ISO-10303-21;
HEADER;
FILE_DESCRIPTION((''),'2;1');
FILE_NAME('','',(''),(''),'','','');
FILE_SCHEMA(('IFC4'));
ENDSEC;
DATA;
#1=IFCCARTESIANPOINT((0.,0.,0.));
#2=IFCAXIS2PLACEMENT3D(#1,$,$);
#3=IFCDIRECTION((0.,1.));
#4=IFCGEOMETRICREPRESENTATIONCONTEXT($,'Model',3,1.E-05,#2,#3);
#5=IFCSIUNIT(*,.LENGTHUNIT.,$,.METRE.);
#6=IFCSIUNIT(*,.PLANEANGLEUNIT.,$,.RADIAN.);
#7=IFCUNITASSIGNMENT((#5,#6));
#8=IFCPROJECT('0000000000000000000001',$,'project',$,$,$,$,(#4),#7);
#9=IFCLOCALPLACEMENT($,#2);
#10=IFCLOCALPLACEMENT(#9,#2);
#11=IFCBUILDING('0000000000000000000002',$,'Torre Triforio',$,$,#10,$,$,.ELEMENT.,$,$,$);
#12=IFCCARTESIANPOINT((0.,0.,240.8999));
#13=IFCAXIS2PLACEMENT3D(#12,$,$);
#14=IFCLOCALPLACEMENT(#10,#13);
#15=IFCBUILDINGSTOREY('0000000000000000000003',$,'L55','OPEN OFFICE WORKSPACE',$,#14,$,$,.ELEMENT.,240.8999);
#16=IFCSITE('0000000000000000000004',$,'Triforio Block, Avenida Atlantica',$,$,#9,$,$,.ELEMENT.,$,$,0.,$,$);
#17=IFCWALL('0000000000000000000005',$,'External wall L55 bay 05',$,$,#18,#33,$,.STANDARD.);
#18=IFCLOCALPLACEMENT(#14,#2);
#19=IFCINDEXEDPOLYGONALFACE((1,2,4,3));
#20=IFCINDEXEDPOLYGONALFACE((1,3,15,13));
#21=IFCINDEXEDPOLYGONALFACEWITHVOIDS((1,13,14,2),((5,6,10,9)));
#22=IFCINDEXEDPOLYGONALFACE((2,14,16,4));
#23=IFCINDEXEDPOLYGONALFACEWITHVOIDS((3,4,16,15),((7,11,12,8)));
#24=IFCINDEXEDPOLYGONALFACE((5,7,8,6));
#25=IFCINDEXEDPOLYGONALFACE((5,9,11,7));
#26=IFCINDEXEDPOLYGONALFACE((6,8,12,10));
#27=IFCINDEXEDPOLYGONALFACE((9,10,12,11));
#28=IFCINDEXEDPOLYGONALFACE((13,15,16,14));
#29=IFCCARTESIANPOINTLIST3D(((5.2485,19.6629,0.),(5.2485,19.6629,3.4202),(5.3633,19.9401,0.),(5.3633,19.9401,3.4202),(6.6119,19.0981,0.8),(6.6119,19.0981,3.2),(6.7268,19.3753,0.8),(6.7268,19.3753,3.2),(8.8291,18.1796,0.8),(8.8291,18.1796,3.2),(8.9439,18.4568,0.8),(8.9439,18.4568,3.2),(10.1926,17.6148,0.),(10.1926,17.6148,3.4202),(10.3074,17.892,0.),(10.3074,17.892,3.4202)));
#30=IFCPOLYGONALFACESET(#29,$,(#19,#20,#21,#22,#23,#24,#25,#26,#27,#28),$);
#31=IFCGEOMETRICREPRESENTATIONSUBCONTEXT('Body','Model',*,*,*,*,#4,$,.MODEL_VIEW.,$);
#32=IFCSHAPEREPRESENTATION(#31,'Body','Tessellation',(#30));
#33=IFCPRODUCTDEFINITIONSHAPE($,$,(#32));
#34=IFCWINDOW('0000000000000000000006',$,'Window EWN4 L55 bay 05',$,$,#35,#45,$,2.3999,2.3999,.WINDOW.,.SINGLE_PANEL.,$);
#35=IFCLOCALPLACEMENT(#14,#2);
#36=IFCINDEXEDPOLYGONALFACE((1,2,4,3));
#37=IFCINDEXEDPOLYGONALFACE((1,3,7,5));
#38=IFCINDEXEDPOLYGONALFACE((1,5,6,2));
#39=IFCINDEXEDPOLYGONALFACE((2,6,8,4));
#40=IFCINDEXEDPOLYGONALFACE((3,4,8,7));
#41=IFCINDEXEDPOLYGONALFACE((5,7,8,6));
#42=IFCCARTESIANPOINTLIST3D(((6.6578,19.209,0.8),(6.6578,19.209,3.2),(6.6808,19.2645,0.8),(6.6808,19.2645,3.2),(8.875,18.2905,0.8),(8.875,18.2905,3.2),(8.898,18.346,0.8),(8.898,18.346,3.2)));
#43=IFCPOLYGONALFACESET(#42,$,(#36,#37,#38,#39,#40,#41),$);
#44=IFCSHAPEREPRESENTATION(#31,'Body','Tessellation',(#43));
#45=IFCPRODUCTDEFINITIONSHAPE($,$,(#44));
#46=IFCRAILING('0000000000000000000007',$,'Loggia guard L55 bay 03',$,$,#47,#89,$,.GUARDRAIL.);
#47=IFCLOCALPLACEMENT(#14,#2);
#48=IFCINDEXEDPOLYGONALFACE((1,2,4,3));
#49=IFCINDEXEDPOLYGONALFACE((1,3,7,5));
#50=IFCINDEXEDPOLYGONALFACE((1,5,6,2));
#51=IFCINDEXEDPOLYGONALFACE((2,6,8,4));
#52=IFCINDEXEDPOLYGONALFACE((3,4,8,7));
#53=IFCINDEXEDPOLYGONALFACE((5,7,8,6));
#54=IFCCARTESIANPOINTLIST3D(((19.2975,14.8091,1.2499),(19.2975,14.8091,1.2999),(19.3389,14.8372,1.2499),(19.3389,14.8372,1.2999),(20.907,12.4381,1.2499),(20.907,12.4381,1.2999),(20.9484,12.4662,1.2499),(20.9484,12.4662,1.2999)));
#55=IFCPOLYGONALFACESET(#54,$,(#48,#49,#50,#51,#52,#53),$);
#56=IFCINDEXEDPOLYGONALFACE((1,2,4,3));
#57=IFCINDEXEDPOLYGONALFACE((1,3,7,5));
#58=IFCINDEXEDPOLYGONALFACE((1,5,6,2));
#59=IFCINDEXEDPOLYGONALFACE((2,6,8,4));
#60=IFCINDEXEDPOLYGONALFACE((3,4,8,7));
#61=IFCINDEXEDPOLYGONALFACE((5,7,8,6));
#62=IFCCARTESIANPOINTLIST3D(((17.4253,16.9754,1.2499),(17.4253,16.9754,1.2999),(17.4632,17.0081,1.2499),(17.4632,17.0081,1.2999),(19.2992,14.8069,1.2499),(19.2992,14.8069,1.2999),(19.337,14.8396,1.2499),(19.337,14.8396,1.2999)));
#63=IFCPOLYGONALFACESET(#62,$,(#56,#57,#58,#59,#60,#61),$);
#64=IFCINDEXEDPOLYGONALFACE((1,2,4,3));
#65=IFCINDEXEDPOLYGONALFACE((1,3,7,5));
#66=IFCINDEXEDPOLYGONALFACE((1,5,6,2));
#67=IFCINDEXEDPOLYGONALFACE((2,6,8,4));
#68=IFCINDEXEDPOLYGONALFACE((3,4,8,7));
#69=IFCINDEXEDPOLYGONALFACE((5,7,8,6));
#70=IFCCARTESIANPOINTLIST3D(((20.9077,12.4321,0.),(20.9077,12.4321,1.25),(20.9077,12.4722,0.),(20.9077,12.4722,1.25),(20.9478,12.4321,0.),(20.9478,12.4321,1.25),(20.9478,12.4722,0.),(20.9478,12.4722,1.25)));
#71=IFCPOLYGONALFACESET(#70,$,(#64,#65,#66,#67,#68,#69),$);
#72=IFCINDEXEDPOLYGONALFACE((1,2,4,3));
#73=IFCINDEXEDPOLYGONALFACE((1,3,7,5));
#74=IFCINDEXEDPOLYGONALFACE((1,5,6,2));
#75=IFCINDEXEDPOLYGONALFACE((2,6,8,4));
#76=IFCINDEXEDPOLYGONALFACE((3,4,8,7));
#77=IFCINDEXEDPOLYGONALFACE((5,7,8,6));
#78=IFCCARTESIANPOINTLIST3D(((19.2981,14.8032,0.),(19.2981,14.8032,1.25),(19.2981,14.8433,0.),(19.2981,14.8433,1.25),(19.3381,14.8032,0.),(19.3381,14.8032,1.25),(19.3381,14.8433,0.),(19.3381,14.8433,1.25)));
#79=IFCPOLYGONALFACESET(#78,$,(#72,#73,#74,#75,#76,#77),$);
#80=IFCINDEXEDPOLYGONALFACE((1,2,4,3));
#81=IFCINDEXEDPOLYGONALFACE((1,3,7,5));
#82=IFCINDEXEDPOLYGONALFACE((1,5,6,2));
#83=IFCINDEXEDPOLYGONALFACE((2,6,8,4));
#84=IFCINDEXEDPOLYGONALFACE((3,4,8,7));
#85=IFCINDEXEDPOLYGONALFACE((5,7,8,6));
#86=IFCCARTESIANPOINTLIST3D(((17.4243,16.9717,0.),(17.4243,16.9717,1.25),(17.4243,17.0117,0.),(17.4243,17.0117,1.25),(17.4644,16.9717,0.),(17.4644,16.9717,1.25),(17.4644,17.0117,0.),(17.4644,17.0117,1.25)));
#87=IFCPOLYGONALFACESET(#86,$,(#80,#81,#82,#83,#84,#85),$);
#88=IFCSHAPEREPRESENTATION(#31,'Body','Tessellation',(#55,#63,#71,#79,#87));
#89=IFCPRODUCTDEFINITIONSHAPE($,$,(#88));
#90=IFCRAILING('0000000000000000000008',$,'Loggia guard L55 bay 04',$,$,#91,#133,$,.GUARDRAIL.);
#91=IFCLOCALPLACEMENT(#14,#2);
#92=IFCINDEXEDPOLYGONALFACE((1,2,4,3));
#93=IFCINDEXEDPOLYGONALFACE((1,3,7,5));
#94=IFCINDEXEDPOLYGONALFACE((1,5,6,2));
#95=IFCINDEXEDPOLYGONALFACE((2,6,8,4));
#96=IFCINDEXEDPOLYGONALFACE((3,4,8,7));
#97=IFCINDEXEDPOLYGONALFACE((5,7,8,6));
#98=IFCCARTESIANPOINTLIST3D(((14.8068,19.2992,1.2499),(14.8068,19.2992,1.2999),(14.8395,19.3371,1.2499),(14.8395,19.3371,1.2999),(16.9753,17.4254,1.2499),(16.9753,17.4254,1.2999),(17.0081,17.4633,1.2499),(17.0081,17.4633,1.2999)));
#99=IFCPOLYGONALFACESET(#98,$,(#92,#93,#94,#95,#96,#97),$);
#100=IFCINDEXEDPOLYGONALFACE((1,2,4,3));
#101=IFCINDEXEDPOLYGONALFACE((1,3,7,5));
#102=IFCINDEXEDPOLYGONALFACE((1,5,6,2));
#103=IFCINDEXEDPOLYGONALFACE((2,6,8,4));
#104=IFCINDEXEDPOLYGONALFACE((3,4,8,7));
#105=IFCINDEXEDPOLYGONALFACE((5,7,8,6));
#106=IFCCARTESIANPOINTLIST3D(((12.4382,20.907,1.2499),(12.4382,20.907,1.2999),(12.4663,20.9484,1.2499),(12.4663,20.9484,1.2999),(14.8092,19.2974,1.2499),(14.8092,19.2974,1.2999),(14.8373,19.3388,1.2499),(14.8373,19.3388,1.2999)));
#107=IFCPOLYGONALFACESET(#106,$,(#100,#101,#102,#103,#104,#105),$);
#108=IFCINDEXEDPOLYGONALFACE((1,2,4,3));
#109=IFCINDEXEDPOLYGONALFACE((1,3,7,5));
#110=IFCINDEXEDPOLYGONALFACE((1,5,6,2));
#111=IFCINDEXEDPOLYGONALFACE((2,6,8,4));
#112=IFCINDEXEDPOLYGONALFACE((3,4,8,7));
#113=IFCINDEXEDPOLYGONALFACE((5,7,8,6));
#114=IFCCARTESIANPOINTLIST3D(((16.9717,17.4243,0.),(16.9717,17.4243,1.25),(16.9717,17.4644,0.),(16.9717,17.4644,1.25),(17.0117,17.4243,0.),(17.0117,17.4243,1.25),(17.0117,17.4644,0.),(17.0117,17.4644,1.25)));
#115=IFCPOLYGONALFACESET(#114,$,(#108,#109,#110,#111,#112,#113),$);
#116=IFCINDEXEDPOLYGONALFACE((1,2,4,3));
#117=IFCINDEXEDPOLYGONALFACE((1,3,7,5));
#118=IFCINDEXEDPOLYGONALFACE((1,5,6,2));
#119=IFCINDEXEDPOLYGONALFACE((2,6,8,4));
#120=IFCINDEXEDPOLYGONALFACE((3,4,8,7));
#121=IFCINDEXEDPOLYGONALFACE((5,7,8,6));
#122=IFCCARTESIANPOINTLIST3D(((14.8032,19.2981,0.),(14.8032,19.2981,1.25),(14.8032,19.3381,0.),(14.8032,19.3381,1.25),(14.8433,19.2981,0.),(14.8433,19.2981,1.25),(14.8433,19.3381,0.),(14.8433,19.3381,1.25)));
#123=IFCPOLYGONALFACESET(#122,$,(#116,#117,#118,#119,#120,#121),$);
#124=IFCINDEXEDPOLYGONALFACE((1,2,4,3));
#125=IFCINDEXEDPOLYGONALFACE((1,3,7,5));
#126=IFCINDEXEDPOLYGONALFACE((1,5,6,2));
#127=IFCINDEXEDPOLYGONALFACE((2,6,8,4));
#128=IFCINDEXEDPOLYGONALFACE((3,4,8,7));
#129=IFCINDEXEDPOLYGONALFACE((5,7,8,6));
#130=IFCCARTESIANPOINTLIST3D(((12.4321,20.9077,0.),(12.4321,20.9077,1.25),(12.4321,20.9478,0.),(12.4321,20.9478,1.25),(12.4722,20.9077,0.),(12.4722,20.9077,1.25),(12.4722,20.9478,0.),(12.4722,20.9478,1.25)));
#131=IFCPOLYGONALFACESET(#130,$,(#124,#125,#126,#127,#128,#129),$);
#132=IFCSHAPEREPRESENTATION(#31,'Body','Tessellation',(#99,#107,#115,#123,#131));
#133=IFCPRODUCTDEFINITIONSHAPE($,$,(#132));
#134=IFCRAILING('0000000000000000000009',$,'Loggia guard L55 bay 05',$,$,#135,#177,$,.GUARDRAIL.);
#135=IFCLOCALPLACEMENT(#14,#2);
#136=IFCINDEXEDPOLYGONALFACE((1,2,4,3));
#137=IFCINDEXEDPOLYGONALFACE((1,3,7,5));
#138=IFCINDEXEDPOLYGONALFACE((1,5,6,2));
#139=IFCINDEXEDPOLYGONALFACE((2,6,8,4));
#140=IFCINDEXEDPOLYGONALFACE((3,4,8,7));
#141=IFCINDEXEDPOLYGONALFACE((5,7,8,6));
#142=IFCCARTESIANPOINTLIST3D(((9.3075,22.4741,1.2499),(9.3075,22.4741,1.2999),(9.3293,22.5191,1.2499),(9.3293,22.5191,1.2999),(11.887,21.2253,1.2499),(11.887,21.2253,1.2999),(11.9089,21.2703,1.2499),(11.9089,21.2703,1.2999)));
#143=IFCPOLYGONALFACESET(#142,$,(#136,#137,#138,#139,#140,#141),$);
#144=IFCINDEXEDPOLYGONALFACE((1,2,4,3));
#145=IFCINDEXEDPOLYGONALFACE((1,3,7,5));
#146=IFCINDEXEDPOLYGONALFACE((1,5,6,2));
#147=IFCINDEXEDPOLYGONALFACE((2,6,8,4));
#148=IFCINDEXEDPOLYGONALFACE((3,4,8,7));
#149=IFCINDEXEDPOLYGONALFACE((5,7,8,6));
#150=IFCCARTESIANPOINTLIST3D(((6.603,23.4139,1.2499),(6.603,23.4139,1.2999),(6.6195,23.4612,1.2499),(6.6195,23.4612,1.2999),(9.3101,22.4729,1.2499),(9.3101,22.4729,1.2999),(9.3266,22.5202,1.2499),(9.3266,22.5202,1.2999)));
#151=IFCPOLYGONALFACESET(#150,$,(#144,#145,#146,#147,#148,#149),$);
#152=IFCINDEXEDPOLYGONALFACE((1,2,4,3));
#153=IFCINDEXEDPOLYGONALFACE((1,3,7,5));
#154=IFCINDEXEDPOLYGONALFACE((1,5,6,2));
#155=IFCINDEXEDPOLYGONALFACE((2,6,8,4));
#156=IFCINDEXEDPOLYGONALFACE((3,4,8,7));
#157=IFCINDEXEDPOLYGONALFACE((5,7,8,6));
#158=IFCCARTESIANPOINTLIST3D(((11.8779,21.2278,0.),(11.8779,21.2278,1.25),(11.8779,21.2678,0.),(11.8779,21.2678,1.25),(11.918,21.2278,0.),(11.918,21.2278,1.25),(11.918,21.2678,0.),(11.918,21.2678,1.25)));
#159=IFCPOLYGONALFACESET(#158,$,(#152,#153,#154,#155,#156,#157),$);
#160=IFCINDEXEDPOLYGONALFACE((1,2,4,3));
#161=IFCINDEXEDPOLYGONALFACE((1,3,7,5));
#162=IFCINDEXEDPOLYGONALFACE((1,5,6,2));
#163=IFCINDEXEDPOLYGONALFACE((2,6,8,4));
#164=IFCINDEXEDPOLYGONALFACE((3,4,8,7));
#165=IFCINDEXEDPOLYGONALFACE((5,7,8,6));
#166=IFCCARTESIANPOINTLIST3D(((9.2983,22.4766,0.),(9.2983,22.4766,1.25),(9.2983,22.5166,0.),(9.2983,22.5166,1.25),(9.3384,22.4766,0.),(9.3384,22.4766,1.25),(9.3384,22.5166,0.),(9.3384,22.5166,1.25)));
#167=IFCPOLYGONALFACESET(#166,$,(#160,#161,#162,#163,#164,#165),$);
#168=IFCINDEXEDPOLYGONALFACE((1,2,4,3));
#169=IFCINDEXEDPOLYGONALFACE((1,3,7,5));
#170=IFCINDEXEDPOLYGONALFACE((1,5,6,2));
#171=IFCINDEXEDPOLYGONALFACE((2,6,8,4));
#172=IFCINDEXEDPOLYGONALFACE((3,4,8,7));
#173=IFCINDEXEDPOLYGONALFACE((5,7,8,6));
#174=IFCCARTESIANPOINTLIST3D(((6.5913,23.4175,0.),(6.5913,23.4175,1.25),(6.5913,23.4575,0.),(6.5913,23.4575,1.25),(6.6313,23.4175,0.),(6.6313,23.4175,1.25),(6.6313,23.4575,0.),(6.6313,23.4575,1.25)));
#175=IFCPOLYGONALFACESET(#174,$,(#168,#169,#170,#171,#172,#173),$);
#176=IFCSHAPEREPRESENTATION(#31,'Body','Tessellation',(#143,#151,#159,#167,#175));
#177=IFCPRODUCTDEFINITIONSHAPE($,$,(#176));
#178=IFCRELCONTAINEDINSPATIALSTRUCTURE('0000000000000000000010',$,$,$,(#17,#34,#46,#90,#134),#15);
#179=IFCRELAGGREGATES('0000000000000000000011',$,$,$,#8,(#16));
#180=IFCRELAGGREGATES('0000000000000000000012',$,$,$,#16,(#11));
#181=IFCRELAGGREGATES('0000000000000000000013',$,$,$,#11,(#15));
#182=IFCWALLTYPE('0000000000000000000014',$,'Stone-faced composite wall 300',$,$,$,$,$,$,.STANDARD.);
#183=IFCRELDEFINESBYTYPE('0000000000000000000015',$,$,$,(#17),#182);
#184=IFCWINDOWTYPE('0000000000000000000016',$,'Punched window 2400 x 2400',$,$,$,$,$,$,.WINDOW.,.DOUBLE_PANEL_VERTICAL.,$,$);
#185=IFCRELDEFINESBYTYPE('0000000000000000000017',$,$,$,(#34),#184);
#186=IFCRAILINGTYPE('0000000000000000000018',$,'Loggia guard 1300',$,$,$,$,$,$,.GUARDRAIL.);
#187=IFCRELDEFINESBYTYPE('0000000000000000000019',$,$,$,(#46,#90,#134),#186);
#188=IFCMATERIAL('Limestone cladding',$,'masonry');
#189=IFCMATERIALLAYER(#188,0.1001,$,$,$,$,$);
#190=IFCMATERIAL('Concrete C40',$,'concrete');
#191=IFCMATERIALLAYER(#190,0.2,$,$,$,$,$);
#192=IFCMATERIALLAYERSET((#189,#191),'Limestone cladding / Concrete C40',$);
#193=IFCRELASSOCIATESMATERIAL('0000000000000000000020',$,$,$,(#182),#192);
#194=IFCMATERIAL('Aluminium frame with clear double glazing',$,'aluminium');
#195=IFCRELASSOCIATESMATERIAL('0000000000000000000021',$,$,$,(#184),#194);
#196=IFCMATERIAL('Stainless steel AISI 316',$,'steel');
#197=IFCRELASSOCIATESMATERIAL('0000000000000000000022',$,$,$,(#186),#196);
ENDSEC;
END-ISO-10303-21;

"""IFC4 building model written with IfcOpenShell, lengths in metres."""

from ifc_helpers import new_model, si_unit, direction, frame, frame_2d, origin, origin_2d, place, context, subcontext, project, spatial, rectangle, extrude, material, layer, layer_set, type_object, element, fill, save


model = new_model("IFC4")

# Units and contexts
model_context = context("Model", 3, precision=1e-05, world=origin(), true_north=direction((0.0, 1.0)))
body_context = subcontext(model_context, "Body", "Model", "MODEL_VIEW")
ifc_project = project(units=[si_unit("LENGTHUNIT", "METRE"), si_unit("PLANEANGLEUNIT", "RADIAN")], contexts=[model_context])

# Site, building, storey
site_placement = place(None, origin())
site = spatial("IfcSite", under=ifc_project, at=site_placement, Name="Triforio Block, Avenida Atlantica", CompositionType="ELEMENT", RefElevation=0.0)
building_placement = place(site_placement, origin())
building = spatial("IfcBuilding", under=site, at=building_placement, Name="Torre Triforio", CompositionType="ELEMENT")
storey_placement = place(building_placement, frame((0.0, 0.0, 240.8999)))
storey = spatial("IfcBuildingStorey", under=building, at=storey_placement, Name="L55", Description="OPEN OFFICE WORKSPACE", CompositionType="ELEMENT", Elevation=240.8999)

# Shared definitions
ifc_material_1 = material(Name="Concrete C40", Category="concrete")

# Shared definitions
ifc_material_2 = material(Name="Limestone cladding", Category="masonry")

# Shared definitions
ifc_layer_1 = layer(ifc_material_2, 0.1001)
ifc_layer_2 = layer(ifc_material_1, 0.2)
ifc_layer_set_1 = layer_set([ifc_layer_1, ifc_layer_2], Name="Limestone cladding / Concrete C40")
wall_type_1 = type_object("IfcWallType", Name="Stone-faced composite wall 300", PredefinedType="STANDARD", material=ifc_layer_set_1)
ifc_material_3 = material(Name="Aluminium frame with clear double glazing", Category="aluminium")
window_type_1 = type_object("IfcWindowType", Name="Punched window 2400 x 2400", PartitioningType="DOUBLE_PANEL_VERTICAL", PredefinedType="WINDOW", material=ifc_material_3)

# Wall, opening, window
wall_1_placement = place(storey_placement, frame((10.25, 17.7534, 0.0), z_axis=(0.0, 0.0, 1.0), x_axis=(-0.923867, 0.382713, 0.0)))
wall_1 = element("IfcWall", 1, at=wall_1_placement, inside=storey, type_object=wall_type_1, Name="External wall L55 bay 05", PredefinedType="STANDARD", context=body_context, shape_type="SweptSolid", body=[
    extrude(rectangle(XDim=5.3516, YDim=0.3, at=frame_2d((2.6758, 0.0))), origin(), (0.0, 0.0, 1.0), 3.4202),
])
opening_1_placement = place(wall_1_placement, frame((1.4758, 0.0, 0.8)))
opening_1 = element("IfcOpeningElement", 2, at=opening_1_placement, cuts=wall_1, PredefinedType="OPENING", context=body_context, shape_type="SweptSolid", body=[
    extrude(rectangle(XDim=2.3999, YDim=2.3999, at=frame_2d((1.2, 1.2))), frame((0.0, 0.1599, 0.0), z_axis=(0.0, -1.0, 0.0), x_axis=(1.0, 0.0, 0.0)), (0.0, 0.0, 1.0), 0.3201),
])
window_1_placement = place(opening_1_placement, origin())
window_1 = element("IfcWindow", 3, at=window_1_placement, inside=storey, type_object=window_type_1, Name="Window EWN4 L55 bay 05", OverallHeight=2.3999, OverallWidth=2.3999, PartitioningType="SINGLE_PANEL", PredefinedType="WINDOW", context=body_context, shape_type="SweptSolid", body=[
    extrude(rectangle(XDim=2.3999, YDim=2.3999, at=frame_2d((1.2, 1.2))), frame((0.0, 0.03, 0.0), z_axis=(0.0, -1.0, 0.0), x_axis=(1.0, 0.0, 0.0)), (0.0, 0.0, 1.0), 0.0601),
])
fill(opening_1, window_1)

# Railings
ifc_material_4 = material(Name="Stainless steel AISI 316", Category="steel")
railing_type = type_object("IfcRailingType", Name="Loggia guard 1300", PredefinedType="GUARDRAIL", material=ifc_material_4)
railing_1_placement = place(storey_placement, frame((20.9277, 12.4521, 0.0)))
element("IfcRailing", 4, at=railing_1_placement, inside=storey, type_object=railing_type, Name="Loggia guard L55 bay 03", PredefinedType="GUARDRAIL", context=body_context, shape_type="SweptSolid", body=[
    extrude(rectangle(XDim=0.05, YDim=0.05, at=origin_2d()), frame((0.0, 0.0, 1.2749), z_axis=(-0.56166, 0.827368, 0.0), x_axis=(-0.827368, -0.56166, 0.0)), (0.0, 0.0, 1.0), 2.8657),
    extrude(rectangle(XDim=0.05, YDim=0.05, at=origin_2d()), frame((-1.6096, 2.3711, 1.2749), z_axis=(-0.653824, 0.756647, 0.0), x_axis=(-0.756647, -0.653824, 0.0)), (0.0, 0.0, 1.0), 2.866),
    extrude(rectangle(XDim=0.04, YDim=0.04, at=origin_2d()), origin(), (0.0, 0.0, 1.0), 1.25),
    extrude(rectangle(XDim=0.04, YDim=0.04, at=origin_2d()), frame((-1.6096, 2.3711, 0.0)), (0.0, 0.0, 1.0), 1.25),
    extrude(rectangle(XDim=0.04, YDim=0.04, at=origin_2d()), frame((-3.4834, 4.5396, 0.0)), (0.0, 0.0, 1.0), 1.25),
])
railing_2_placement = place(storey_placement, frame((16.9917, 17.4443, 0.0)))
element("IfcRailing", 5, at=railing_2_placement, inside=storey, type_object=railing_type, Name="Loggia guard L55 bay 04", PredefinedType="GUARDRAIL", context=body_context, shape_type="SweptSolid", body=[
    extrude(rectangle(XDim=0.05, YDim=0.05, at=origin_2d()), frame((0.0, 0.0, 1.2749), z_axis=(-0.756647, 0.653824, 0.0), x_axis=(-0.653824, -0.756647, 0.0)), (0.0, 0.0, 1.0), 2.866),
    extrude(rectangle(XDim=0.05, YDim=0.05, at=origin_2d()), frame((-2.1685, 1.8738, 1.2749), z_axis=(-0.827368, 0.56166, 0.0), x_axis=(-0.56166, -0.827368, 0.0)), (0.0, 0.0, 1.0), 2.8657),
    extrude(rectangle(XDim=0.04, YDim=0.04, at=origin_2d()), origin(), (0.0, 0.0, 1.0), 1.25),
    extrude(rectangle(XDim=0.04, YDim=0.04, at=origin_2d()), frame((-2.1685, 1.8738, 0.0)), (0.0, 0.0, 1.0), 1.25),
    extrude(rectangle(XDim=0.04, YDim=0.04, at=origin_2d()), frame((-4.5396, 3.4834, 0.0)), (0.0, 0.0, 1.0), 1.25),
])
railing_3_placement = place(storey_placement, frame((11.8979, 21.2478, 0.0)))
element("IfcRailing", 6, at=railing_3_placement, inside=storey, type_object=railing_type, Name="Loggia guard L55 bay 05", PredefinedType="GUARDRAIL", context=body_context, shape_type="SweptSolid", body=[
    extrude(rectangle(XDim=0.05, YDim=0.05, at=origin_2d()), frame((0.0, 0.0, 1.2749), z_axis=(-0.900078, 0.435728, 0.0), x_axis=(-0.435728, -0.900078, 0.0)), (0.0, 0.0, 1.0), 2.866),
    extrude(rectangle(XDim=0.05, YDim=0.05, at=origin_2d()), frame((-2.5796, 1.2488, 1.2749), z_axis=(-0.944568, 0.328316, 0.0), x_axis=(-0.328316, -0.944568, 0.0)), (0.0, 0.0, 1.0), 2.866),
    extrude(rectangle(XDim=0.04, YDim=0.04, at=origin_2d()), origin(), (0.0, 0.0, 1.0), 1.25),
    extrude(rectangle(XDim=0.04, YDim=0.04, at=origin_2d()), frame((-2.5796, 1.2488, 0.0)), (0.0, 0.0, 1.0), 1.25),
    extrude(rectangle(XDim=0.04, YDim=0.04, at=origin_2d()), frame((-5.2866, 2.1897, 0.0)), (0.0, 0.0, 1.0), 1.25),
])

save(model, "model.ifc")
